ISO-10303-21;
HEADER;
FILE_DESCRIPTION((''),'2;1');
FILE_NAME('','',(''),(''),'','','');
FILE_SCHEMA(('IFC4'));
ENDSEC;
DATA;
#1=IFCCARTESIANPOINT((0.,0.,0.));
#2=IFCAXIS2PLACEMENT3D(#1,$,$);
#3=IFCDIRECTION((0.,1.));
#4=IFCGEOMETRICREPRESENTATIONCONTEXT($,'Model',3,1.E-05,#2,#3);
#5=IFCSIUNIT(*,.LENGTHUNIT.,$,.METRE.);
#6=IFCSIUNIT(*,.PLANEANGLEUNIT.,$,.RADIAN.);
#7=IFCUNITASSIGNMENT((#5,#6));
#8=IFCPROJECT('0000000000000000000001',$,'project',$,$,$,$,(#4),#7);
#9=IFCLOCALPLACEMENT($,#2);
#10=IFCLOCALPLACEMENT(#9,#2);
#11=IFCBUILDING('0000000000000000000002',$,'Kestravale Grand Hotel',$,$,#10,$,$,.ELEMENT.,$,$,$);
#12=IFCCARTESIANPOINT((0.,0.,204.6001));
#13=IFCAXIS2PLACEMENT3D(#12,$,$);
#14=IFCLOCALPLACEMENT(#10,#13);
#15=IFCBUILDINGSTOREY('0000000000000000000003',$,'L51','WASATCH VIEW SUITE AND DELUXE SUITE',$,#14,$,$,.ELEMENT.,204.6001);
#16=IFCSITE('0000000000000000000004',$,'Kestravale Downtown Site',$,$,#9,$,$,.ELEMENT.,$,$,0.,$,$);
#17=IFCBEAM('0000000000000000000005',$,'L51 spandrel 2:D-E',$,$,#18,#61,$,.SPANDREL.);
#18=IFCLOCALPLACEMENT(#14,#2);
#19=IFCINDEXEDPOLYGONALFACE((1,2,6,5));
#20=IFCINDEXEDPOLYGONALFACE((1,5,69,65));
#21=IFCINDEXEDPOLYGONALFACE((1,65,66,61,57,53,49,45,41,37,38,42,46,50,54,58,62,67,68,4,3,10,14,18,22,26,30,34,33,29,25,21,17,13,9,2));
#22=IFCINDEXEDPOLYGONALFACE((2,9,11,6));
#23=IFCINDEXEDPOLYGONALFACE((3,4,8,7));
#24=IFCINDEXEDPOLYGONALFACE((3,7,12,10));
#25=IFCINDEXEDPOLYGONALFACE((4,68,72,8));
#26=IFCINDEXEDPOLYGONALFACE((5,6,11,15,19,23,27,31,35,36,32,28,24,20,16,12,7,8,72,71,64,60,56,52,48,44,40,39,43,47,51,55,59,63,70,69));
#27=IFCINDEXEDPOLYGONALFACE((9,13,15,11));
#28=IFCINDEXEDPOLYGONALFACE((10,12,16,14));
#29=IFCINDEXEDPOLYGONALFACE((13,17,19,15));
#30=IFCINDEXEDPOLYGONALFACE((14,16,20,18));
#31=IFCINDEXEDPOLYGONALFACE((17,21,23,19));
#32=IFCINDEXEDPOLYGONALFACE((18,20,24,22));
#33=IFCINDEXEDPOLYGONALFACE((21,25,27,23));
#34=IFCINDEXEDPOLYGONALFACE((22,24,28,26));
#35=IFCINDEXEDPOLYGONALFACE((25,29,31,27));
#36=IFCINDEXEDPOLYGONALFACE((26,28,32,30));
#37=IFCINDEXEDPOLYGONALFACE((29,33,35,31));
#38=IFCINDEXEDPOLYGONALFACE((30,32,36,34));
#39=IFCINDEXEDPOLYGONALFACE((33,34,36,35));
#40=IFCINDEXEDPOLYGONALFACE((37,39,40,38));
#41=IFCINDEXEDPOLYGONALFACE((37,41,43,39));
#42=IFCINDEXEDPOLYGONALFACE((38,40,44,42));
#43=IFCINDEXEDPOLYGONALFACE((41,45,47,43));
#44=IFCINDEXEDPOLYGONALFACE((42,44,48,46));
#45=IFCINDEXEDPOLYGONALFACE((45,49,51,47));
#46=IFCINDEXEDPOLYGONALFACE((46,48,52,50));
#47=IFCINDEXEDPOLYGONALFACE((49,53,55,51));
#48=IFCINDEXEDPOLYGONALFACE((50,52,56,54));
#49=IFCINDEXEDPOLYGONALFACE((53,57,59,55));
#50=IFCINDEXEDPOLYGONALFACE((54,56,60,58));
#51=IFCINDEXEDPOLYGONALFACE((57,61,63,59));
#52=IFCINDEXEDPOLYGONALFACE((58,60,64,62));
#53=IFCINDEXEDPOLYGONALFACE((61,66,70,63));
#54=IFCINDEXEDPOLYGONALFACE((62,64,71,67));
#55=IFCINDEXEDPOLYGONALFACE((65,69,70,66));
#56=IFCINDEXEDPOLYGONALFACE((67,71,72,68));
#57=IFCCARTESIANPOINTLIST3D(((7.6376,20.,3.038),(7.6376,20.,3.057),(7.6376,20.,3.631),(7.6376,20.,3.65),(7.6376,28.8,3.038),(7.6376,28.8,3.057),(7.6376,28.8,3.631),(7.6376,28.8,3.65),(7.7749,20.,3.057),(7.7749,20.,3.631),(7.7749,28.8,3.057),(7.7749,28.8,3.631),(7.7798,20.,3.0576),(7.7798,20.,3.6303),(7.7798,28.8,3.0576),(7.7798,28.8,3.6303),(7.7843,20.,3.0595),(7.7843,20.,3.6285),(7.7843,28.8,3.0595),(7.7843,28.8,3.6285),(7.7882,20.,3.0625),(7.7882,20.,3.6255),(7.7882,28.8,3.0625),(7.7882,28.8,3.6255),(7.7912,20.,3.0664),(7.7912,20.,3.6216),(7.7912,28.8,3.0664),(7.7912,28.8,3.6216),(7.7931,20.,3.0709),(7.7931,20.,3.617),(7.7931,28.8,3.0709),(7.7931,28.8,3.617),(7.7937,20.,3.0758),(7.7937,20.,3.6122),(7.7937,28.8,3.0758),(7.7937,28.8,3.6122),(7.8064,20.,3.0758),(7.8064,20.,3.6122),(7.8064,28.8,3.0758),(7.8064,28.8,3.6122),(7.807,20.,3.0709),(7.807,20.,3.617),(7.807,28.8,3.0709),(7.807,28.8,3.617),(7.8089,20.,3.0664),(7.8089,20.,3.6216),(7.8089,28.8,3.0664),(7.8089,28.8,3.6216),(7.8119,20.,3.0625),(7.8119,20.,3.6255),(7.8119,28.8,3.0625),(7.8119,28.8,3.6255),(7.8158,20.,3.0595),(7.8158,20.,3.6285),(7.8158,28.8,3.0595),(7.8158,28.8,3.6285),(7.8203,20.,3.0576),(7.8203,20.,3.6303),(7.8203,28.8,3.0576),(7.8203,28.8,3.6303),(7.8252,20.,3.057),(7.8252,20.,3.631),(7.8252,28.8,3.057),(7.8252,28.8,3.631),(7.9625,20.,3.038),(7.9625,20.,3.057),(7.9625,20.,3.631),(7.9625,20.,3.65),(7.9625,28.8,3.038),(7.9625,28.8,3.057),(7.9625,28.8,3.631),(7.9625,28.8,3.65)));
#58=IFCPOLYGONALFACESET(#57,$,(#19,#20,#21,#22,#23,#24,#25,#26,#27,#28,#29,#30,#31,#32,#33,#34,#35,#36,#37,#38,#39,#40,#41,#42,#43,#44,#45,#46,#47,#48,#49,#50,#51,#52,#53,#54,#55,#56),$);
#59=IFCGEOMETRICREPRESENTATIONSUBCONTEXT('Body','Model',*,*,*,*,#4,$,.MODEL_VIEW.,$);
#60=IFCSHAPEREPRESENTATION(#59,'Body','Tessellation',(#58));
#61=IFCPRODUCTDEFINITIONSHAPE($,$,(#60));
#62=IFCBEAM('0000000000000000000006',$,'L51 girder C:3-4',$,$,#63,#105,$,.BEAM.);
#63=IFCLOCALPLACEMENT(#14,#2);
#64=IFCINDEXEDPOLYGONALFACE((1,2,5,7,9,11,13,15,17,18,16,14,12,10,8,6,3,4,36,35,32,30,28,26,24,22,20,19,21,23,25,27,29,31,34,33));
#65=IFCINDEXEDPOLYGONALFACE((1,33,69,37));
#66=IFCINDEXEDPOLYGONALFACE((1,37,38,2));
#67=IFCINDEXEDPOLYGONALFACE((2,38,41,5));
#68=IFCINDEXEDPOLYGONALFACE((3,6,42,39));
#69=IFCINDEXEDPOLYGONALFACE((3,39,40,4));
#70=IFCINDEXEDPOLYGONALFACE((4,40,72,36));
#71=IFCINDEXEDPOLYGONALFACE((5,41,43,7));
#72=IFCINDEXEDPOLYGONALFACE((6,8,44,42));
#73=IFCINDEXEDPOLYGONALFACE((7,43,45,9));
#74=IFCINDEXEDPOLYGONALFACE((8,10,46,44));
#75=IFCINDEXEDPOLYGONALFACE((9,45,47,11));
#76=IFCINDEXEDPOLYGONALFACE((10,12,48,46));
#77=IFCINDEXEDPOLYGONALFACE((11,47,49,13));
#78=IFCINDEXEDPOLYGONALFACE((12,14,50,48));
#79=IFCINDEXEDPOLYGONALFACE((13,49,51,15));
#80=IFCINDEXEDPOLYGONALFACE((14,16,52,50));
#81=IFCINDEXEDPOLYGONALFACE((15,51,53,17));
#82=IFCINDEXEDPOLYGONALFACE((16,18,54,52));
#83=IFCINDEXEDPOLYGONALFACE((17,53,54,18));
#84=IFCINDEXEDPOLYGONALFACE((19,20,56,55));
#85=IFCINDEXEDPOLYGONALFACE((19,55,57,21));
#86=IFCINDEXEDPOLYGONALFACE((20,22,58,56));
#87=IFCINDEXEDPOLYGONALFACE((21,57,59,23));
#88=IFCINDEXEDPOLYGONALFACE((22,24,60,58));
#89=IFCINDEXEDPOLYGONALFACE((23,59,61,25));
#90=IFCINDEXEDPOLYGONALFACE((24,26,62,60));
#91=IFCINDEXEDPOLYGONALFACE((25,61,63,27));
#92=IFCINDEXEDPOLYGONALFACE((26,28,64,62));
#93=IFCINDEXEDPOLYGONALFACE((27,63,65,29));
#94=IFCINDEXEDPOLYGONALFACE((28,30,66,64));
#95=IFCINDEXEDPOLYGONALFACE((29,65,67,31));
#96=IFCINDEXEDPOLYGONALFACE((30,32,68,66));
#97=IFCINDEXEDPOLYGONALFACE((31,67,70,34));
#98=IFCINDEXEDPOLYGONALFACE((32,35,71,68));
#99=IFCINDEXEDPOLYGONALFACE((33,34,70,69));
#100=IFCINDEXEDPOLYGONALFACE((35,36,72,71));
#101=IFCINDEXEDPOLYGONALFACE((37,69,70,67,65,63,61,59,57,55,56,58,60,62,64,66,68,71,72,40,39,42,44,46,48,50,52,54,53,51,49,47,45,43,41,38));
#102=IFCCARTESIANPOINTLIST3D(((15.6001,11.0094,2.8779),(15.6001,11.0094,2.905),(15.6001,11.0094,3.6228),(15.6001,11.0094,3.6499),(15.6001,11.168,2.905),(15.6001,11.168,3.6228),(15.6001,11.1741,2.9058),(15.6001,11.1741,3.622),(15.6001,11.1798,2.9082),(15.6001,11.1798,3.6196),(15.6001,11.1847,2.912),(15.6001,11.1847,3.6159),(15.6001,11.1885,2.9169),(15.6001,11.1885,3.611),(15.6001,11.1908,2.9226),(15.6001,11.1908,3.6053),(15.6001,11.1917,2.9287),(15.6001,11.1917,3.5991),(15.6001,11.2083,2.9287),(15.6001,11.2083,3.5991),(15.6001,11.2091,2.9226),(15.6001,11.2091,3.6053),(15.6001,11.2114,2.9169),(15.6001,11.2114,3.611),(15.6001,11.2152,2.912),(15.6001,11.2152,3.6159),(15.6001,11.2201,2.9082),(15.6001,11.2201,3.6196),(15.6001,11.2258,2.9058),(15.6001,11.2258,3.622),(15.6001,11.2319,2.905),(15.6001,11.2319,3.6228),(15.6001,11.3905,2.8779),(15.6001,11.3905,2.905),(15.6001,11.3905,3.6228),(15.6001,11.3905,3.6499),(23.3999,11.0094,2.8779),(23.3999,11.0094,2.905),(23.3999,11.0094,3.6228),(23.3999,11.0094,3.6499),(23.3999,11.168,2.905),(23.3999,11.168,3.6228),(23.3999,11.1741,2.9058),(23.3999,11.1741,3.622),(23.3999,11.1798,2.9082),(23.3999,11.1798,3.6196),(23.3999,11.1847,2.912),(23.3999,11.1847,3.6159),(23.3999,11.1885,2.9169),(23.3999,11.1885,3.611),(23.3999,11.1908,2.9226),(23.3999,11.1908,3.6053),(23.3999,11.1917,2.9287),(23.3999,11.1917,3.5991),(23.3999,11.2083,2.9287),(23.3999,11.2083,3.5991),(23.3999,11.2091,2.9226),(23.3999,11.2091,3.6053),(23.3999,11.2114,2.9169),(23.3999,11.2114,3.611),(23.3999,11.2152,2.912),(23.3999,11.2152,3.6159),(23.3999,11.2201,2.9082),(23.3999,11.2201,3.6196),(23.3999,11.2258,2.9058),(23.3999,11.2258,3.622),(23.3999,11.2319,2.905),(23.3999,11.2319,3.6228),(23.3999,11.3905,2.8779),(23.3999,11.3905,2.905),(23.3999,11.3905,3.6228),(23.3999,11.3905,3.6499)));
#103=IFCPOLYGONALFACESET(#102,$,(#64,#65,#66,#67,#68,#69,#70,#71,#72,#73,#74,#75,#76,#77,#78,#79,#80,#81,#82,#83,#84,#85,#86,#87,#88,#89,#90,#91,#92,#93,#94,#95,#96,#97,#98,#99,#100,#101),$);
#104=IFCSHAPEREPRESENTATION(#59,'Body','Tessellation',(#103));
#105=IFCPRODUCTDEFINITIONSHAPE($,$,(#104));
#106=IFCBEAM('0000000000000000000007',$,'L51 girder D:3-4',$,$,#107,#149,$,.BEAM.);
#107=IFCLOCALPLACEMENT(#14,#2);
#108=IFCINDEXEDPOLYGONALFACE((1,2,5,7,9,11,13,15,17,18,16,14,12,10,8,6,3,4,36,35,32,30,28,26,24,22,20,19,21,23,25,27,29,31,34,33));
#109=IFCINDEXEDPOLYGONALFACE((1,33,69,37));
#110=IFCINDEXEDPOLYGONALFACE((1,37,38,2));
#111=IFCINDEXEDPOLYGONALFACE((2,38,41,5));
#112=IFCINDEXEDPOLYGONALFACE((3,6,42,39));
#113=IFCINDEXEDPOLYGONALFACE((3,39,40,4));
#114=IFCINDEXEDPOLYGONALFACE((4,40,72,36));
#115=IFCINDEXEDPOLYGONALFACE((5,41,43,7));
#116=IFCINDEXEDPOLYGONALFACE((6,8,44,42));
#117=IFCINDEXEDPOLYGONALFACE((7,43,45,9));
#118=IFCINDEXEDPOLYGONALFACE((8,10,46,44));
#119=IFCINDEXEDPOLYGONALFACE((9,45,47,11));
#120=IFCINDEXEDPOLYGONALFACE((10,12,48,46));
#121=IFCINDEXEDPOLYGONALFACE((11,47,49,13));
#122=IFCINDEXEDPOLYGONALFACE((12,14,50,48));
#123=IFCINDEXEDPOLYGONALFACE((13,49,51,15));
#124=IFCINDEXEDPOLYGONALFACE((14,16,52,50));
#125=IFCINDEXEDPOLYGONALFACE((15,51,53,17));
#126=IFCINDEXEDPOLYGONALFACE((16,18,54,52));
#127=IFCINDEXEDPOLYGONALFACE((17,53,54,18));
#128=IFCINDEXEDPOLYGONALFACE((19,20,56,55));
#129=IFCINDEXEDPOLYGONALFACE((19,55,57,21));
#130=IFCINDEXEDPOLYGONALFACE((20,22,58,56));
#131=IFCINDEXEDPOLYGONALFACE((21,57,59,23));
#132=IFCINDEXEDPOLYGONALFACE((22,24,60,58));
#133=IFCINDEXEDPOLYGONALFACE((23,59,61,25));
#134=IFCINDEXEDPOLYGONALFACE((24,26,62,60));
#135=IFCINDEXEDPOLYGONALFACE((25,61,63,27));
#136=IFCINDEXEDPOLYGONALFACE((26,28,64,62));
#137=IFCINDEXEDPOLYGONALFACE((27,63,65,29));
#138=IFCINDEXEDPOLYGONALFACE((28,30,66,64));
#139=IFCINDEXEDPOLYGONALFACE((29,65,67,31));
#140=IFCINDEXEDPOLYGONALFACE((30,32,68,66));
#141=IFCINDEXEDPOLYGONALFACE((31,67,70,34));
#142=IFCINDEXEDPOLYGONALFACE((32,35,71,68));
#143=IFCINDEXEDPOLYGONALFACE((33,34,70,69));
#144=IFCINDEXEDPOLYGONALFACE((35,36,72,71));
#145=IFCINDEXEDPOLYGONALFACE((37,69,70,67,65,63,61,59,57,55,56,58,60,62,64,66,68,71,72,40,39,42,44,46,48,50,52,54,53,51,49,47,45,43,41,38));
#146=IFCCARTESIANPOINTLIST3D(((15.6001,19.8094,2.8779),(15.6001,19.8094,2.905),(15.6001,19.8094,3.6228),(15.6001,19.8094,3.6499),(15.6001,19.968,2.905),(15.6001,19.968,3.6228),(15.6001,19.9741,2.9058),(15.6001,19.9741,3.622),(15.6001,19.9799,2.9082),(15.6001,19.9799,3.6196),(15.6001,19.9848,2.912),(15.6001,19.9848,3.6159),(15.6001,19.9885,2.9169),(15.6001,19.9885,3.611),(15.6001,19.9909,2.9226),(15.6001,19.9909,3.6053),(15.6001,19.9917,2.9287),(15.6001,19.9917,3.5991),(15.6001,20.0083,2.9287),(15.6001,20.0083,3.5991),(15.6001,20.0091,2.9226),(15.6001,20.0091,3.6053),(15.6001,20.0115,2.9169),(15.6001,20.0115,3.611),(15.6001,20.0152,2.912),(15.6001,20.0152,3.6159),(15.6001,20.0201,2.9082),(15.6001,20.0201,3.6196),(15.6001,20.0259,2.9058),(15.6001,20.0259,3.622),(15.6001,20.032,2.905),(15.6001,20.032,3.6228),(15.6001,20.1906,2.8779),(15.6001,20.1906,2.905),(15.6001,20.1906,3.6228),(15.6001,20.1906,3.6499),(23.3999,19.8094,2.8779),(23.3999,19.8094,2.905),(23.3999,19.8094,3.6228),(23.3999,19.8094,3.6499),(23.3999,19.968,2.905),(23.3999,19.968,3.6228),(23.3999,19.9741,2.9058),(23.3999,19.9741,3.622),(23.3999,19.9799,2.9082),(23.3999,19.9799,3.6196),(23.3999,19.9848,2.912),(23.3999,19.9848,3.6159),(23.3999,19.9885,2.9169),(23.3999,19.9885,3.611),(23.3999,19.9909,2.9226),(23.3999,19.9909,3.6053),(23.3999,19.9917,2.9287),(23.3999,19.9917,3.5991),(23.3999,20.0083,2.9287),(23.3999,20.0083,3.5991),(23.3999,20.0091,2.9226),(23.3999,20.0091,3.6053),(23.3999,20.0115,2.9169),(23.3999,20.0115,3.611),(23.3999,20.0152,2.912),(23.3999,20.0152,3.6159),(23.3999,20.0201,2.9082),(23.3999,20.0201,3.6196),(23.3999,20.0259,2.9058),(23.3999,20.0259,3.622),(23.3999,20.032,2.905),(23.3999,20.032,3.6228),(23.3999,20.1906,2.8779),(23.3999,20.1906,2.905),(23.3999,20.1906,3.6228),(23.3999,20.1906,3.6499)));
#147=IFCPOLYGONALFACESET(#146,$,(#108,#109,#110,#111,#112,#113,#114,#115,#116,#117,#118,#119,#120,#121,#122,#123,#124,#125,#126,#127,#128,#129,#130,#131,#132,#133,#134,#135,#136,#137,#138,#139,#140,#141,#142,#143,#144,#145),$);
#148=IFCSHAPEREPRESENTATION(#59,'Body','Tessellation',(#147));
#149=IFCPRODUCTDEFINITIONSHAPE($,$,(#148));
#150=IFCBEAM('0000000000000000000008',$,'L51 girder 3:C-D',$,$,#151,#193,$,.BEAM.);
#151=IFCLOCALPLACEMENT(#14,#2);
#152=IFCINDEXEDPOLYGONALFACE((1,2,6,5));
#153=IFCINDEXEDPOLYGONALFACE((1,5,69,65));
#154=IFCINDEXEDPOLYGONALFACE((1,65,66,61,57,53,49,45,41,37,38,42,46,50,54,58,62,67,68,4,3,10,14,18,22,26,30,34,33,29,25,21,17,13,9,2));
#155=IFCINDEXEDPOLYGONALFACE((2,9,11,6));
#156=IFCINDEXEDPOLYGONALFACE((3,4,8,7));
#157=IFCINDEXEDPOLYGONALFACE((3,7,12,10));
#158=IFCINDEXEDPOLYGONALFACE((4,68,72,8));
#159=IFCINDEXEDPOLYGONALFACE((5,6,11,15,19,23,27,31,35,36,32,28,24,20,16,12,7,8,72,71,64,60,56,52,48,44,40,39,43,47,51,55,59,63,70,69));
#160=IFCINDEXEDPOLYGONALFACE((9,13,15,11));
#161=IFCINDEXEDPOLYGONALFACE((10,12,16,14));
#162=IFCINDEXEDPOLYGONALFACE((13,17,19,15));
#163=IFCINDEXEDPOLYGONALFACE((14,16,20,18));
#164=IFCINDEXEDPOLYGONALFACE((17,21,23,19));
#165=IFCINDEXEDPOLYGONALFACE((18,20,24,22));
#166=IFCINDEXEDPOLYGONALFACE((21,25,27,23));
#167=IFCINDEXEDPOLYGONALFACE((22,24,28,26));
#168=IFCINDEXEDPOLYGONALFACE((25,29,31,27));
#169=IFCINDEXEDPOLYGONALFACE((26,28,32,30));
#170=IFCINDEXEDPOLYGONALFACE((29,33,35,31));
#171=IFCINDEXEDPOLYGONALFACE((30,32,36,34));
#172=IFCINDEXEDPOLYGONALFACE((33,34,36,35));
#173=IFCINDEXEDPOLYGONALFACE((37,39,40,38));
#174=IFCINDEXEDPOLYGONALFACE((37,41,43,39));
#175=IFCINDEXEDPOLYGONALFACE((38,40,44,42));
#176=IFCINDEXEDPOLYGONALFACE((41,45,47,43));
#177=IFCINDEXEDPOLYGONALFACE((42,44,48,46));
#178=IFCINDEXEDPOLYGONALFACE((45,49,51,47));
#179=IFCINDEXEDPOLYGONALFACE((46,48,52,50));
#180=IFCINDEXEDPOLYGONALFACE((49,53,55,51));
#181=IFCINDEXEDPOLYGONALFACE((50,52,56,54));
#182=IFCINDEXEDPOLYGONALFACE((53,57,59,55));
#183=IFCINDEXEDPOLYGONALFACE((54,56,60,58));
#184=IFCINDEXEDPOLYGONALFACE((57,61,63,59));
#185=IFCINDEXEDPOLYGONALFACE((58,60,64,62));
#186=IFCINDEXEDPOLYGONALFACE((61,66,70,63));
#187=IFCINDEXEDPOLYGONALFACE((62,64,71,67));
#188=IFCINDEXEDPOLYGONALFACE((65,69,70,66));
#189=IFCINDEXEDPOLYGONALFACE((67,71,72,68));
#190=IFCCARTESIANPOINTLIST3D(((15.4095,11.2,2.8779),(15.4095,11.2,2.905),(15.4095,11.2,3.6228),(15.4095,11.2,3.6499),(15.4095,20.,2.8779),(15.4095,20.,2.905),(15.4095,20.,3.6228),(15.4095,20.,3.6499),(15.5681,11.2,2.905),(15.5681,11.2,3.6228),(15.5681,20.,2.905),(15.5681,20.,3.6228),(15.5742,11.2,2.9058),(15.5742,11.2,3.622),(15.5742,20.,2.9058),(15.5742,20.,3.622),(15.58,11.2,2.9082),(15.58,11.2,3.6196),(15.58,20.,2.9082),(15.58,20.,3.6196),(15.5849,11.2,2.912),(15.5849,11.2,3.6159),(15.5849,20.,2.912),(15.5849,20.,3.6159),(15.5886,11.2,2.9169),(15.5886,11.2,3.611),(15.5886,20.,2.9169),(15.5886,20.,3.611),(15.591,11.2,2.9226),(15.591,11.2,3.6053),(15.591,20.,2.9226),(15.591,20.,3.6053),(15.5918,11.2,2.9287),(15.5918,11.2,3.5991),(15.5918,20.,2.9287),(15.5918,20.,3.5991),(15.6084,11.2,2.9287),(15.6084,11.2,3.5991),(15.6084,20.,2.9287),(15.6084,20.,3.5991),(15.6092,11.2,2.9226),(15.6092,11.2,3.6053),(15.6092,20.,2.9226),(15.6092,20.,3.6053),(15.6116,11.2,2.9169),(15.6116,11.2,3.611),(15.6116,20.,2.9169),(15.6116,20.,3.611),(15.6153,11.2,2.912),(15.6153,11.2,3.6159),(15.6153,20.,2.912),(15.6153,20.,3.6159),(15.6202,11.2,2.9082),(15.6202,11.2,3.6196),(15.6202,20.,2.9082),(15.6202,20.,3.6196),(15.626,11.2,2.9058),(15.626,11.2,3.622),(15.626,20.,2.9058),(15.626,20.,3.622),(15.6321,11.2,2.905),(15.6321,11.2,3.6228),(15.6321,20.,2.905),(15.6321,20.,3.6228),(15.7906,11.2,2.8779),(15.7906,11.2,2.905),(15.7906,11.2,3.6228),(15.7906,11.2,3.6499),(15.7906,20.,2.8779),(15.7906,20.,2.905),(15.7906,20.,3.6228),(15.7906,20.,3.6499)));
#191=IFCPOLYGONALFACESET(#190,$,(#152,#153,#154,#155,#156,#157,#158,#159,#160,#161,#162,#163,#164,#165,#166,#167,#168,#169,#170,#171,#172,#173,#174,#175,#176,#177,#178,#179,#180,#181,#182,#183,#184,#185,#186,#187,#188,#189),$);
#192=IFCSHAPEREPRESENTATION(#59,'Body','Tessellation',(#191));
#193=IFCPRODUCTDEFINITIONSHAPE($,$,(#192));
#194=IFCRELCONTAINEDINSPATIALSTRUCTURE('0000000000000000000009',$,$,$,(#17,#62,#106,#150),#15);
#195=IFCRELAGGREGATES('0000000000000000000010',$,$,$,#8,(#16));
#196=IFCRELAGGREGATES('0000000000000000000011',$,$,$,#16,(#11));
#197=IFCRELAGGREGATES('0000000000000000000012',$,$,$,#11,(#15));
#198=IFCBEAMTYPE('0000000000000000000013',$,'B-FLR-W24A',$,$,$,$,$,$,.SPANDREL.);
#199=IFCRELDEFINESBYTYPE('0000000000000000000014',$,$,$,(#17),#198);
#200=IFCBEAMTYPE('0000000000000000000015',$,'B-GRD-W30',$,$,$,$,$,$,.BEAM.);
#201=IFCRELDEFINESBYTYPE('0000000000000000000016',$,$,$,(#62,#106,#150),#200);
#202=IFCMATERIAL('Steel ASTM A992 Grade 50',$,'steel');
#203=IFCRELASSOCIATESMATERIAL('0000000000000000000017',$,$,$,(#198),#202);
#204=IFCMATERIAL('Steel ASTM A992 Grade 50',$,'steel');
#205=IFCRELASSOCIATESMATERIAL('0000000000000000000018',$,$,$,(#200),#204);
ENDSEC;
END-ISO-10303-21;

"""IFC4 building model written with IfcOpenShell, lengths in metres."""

from ifc_helpers import new_model, si_unit, direction, frame, origin, origin_2d, place, context, subcontext, project, spatial, i_section, extrude, material, material_profile, profile_set, type_object, element, save


model = new_model("IFC4")

# Units and contexts
model_context = context("Model", 3, precision=1e-05, world=origin(), true_north=direction((0.0, 1.0)))
body_context = subcontext(model_context, "Body", "Model", "MODEL_VIEW")
ifc_project = project(units=[si_unit("LENGTHUNIT", "METRE"), si_unit("PLANEANGLEUNIT", "RADIAN")], contexts=[model_context])

# Site, building, storey
site_placement = place(None, origin())
site = spatial("IfcSite", under=ifc_project, at=site_placement, Name="Kestravale Downtown Site", CompositionType="ELEMENT", RefElevation=0.0)
building_placement = place(site_placement, origin())
building = spatial("IfcBuilding", under=site, at=building_placement, Name="Kestravale Grand Hotel", CompositionType="ELEMENT")
storey_placement = place(building_placement, frame((0.0, 0.0, 204.6001)))
storey = spatial("IfcBuildingStorey", under=building, at=storey_placement, Name="L51", Description="WASATCH VIEW SUITE AND DELUXE SUITE", CompositionType="ELEMENT", Elevation=204.6001)

# Beams
ifc_material_1 = material(Name="Steel ASTM A992 Grade 50", Category="steel")
ifc_material_profile_1 = material_profile(ifc_material_1, i_section(OverallWidth=0.325, OverallDepth=0.6121, WebThickness=0.0127, FlangeThickness=0.019, FilletRadius=0.0188, at=origin_2d()))
ifc_profile_set_1 = profile_set([ifc_material_profile_1], Name="Steel ASTM A992 Grade 50")
beam_type_1 = type_object("IfcBeamType", Name="B-FLR-W24A", PredefinedType="SPANDREL", material=ifc_profile_set_1)
beam_1_placement = place(storey_placement, frame((7.8, 20.0, 3.344), z_axis=(0.0, 1.0, 0.0), x_axis=(-1.0, 0.0, 0.0)))
element("IfcBeam", 1, at=beam_1_placement, inside=storey, type_object=beam_type_1, Name="L51 spandrel 2:D-E", PredefinedType="SPANDREL", context=body_context, shape_type="SweptSolid", body=[
    extrude(i_section(OverallWidth=0.325, OverallDepth=0.6121, WebThickness=0.0127, FlangeThickness=0.019, FilletRadius=0.0188, at=origin_2d()), origin(), (0.0, 0.0, 1.0), 8.8),
])
ifc_material_2 = material(Name="Steel ASTM A992 Grade 50", Category="steel")
ifc_material_profile_2 = material_profile(ifc_material_2, i_section(OverallWidth=0.3811, OverallDepth=0.772, WebThickness=0.0166, FlangeThickness=0.0271, FilletRadius=0.0237, at=origin_2d()))
ifc_profile_set_2 = profile_set([ifc_material_profile_2], Name="Steel ASTM A992 Grade 50")
beam_type_2 = type_object("IfcBeamType", Name="B-GRD-W30", PredefinedType="BEAM", material=ifc_profile_set_2)
for number, where, z_axis, x_axis, name in (
    (2, (15.6001, 11.2, 3.2639), (1.0, 0.0, 0.0), (0.0, 1.0, 0.0), "L51 girder C:3-4"),
    (3, (15.6001, 20.0, 3.2639), (1.0, 0.0, 0.0), (0.0, 1.0, 0.0), "L51 girder D:3-4"),
):
    element("IfcBeam", number, at=place(storey_placement, frame(where, z_axis=z_axis, x_axis=x_axis)), inside=storey, type_object=beam_type_2, Name=name, PredefinedType="BEAM", context=body_context, shape_type="SweptSolid", body=[
        extrude(i_section(OverallWidth=0.3811, OverallDepth=0.772, WebThickness=0.0166, FlangeThickness=0.0271, FilletRadius=0.0237, at=origin_2d()), origin(), (0.0, 0.0, 1.0), 7.7998),
    ])
for number, where, z_axis, x_axis, name in (
    (4, (15.6001, 11.2, 3.2639), (0.0, 1.0, 0.0), (-1.0, 0.0, 0.0), "L51 girder 3:C-D"),
):
    element("IfcBeam", number, at=place(storey_placement, frame(where, z_axis=z_axis, x_axis=x_axis)), inside=storey, type_object=beam_type_2, Name=name, PredefinedType="BEAM", context=body_context, shape_type="SweptSolid", body=[
        extrude(i_section(OverallWidth=0.3811, OverallDepth=0.772, WebThickness=0.0166, FlangeThickness=0.0271, FilletRadius=0.0237, at=origin_2d()), origin(), (0.0, 0.0, 1.0), 8.8),
    ])

save(model, "model.ifc")
